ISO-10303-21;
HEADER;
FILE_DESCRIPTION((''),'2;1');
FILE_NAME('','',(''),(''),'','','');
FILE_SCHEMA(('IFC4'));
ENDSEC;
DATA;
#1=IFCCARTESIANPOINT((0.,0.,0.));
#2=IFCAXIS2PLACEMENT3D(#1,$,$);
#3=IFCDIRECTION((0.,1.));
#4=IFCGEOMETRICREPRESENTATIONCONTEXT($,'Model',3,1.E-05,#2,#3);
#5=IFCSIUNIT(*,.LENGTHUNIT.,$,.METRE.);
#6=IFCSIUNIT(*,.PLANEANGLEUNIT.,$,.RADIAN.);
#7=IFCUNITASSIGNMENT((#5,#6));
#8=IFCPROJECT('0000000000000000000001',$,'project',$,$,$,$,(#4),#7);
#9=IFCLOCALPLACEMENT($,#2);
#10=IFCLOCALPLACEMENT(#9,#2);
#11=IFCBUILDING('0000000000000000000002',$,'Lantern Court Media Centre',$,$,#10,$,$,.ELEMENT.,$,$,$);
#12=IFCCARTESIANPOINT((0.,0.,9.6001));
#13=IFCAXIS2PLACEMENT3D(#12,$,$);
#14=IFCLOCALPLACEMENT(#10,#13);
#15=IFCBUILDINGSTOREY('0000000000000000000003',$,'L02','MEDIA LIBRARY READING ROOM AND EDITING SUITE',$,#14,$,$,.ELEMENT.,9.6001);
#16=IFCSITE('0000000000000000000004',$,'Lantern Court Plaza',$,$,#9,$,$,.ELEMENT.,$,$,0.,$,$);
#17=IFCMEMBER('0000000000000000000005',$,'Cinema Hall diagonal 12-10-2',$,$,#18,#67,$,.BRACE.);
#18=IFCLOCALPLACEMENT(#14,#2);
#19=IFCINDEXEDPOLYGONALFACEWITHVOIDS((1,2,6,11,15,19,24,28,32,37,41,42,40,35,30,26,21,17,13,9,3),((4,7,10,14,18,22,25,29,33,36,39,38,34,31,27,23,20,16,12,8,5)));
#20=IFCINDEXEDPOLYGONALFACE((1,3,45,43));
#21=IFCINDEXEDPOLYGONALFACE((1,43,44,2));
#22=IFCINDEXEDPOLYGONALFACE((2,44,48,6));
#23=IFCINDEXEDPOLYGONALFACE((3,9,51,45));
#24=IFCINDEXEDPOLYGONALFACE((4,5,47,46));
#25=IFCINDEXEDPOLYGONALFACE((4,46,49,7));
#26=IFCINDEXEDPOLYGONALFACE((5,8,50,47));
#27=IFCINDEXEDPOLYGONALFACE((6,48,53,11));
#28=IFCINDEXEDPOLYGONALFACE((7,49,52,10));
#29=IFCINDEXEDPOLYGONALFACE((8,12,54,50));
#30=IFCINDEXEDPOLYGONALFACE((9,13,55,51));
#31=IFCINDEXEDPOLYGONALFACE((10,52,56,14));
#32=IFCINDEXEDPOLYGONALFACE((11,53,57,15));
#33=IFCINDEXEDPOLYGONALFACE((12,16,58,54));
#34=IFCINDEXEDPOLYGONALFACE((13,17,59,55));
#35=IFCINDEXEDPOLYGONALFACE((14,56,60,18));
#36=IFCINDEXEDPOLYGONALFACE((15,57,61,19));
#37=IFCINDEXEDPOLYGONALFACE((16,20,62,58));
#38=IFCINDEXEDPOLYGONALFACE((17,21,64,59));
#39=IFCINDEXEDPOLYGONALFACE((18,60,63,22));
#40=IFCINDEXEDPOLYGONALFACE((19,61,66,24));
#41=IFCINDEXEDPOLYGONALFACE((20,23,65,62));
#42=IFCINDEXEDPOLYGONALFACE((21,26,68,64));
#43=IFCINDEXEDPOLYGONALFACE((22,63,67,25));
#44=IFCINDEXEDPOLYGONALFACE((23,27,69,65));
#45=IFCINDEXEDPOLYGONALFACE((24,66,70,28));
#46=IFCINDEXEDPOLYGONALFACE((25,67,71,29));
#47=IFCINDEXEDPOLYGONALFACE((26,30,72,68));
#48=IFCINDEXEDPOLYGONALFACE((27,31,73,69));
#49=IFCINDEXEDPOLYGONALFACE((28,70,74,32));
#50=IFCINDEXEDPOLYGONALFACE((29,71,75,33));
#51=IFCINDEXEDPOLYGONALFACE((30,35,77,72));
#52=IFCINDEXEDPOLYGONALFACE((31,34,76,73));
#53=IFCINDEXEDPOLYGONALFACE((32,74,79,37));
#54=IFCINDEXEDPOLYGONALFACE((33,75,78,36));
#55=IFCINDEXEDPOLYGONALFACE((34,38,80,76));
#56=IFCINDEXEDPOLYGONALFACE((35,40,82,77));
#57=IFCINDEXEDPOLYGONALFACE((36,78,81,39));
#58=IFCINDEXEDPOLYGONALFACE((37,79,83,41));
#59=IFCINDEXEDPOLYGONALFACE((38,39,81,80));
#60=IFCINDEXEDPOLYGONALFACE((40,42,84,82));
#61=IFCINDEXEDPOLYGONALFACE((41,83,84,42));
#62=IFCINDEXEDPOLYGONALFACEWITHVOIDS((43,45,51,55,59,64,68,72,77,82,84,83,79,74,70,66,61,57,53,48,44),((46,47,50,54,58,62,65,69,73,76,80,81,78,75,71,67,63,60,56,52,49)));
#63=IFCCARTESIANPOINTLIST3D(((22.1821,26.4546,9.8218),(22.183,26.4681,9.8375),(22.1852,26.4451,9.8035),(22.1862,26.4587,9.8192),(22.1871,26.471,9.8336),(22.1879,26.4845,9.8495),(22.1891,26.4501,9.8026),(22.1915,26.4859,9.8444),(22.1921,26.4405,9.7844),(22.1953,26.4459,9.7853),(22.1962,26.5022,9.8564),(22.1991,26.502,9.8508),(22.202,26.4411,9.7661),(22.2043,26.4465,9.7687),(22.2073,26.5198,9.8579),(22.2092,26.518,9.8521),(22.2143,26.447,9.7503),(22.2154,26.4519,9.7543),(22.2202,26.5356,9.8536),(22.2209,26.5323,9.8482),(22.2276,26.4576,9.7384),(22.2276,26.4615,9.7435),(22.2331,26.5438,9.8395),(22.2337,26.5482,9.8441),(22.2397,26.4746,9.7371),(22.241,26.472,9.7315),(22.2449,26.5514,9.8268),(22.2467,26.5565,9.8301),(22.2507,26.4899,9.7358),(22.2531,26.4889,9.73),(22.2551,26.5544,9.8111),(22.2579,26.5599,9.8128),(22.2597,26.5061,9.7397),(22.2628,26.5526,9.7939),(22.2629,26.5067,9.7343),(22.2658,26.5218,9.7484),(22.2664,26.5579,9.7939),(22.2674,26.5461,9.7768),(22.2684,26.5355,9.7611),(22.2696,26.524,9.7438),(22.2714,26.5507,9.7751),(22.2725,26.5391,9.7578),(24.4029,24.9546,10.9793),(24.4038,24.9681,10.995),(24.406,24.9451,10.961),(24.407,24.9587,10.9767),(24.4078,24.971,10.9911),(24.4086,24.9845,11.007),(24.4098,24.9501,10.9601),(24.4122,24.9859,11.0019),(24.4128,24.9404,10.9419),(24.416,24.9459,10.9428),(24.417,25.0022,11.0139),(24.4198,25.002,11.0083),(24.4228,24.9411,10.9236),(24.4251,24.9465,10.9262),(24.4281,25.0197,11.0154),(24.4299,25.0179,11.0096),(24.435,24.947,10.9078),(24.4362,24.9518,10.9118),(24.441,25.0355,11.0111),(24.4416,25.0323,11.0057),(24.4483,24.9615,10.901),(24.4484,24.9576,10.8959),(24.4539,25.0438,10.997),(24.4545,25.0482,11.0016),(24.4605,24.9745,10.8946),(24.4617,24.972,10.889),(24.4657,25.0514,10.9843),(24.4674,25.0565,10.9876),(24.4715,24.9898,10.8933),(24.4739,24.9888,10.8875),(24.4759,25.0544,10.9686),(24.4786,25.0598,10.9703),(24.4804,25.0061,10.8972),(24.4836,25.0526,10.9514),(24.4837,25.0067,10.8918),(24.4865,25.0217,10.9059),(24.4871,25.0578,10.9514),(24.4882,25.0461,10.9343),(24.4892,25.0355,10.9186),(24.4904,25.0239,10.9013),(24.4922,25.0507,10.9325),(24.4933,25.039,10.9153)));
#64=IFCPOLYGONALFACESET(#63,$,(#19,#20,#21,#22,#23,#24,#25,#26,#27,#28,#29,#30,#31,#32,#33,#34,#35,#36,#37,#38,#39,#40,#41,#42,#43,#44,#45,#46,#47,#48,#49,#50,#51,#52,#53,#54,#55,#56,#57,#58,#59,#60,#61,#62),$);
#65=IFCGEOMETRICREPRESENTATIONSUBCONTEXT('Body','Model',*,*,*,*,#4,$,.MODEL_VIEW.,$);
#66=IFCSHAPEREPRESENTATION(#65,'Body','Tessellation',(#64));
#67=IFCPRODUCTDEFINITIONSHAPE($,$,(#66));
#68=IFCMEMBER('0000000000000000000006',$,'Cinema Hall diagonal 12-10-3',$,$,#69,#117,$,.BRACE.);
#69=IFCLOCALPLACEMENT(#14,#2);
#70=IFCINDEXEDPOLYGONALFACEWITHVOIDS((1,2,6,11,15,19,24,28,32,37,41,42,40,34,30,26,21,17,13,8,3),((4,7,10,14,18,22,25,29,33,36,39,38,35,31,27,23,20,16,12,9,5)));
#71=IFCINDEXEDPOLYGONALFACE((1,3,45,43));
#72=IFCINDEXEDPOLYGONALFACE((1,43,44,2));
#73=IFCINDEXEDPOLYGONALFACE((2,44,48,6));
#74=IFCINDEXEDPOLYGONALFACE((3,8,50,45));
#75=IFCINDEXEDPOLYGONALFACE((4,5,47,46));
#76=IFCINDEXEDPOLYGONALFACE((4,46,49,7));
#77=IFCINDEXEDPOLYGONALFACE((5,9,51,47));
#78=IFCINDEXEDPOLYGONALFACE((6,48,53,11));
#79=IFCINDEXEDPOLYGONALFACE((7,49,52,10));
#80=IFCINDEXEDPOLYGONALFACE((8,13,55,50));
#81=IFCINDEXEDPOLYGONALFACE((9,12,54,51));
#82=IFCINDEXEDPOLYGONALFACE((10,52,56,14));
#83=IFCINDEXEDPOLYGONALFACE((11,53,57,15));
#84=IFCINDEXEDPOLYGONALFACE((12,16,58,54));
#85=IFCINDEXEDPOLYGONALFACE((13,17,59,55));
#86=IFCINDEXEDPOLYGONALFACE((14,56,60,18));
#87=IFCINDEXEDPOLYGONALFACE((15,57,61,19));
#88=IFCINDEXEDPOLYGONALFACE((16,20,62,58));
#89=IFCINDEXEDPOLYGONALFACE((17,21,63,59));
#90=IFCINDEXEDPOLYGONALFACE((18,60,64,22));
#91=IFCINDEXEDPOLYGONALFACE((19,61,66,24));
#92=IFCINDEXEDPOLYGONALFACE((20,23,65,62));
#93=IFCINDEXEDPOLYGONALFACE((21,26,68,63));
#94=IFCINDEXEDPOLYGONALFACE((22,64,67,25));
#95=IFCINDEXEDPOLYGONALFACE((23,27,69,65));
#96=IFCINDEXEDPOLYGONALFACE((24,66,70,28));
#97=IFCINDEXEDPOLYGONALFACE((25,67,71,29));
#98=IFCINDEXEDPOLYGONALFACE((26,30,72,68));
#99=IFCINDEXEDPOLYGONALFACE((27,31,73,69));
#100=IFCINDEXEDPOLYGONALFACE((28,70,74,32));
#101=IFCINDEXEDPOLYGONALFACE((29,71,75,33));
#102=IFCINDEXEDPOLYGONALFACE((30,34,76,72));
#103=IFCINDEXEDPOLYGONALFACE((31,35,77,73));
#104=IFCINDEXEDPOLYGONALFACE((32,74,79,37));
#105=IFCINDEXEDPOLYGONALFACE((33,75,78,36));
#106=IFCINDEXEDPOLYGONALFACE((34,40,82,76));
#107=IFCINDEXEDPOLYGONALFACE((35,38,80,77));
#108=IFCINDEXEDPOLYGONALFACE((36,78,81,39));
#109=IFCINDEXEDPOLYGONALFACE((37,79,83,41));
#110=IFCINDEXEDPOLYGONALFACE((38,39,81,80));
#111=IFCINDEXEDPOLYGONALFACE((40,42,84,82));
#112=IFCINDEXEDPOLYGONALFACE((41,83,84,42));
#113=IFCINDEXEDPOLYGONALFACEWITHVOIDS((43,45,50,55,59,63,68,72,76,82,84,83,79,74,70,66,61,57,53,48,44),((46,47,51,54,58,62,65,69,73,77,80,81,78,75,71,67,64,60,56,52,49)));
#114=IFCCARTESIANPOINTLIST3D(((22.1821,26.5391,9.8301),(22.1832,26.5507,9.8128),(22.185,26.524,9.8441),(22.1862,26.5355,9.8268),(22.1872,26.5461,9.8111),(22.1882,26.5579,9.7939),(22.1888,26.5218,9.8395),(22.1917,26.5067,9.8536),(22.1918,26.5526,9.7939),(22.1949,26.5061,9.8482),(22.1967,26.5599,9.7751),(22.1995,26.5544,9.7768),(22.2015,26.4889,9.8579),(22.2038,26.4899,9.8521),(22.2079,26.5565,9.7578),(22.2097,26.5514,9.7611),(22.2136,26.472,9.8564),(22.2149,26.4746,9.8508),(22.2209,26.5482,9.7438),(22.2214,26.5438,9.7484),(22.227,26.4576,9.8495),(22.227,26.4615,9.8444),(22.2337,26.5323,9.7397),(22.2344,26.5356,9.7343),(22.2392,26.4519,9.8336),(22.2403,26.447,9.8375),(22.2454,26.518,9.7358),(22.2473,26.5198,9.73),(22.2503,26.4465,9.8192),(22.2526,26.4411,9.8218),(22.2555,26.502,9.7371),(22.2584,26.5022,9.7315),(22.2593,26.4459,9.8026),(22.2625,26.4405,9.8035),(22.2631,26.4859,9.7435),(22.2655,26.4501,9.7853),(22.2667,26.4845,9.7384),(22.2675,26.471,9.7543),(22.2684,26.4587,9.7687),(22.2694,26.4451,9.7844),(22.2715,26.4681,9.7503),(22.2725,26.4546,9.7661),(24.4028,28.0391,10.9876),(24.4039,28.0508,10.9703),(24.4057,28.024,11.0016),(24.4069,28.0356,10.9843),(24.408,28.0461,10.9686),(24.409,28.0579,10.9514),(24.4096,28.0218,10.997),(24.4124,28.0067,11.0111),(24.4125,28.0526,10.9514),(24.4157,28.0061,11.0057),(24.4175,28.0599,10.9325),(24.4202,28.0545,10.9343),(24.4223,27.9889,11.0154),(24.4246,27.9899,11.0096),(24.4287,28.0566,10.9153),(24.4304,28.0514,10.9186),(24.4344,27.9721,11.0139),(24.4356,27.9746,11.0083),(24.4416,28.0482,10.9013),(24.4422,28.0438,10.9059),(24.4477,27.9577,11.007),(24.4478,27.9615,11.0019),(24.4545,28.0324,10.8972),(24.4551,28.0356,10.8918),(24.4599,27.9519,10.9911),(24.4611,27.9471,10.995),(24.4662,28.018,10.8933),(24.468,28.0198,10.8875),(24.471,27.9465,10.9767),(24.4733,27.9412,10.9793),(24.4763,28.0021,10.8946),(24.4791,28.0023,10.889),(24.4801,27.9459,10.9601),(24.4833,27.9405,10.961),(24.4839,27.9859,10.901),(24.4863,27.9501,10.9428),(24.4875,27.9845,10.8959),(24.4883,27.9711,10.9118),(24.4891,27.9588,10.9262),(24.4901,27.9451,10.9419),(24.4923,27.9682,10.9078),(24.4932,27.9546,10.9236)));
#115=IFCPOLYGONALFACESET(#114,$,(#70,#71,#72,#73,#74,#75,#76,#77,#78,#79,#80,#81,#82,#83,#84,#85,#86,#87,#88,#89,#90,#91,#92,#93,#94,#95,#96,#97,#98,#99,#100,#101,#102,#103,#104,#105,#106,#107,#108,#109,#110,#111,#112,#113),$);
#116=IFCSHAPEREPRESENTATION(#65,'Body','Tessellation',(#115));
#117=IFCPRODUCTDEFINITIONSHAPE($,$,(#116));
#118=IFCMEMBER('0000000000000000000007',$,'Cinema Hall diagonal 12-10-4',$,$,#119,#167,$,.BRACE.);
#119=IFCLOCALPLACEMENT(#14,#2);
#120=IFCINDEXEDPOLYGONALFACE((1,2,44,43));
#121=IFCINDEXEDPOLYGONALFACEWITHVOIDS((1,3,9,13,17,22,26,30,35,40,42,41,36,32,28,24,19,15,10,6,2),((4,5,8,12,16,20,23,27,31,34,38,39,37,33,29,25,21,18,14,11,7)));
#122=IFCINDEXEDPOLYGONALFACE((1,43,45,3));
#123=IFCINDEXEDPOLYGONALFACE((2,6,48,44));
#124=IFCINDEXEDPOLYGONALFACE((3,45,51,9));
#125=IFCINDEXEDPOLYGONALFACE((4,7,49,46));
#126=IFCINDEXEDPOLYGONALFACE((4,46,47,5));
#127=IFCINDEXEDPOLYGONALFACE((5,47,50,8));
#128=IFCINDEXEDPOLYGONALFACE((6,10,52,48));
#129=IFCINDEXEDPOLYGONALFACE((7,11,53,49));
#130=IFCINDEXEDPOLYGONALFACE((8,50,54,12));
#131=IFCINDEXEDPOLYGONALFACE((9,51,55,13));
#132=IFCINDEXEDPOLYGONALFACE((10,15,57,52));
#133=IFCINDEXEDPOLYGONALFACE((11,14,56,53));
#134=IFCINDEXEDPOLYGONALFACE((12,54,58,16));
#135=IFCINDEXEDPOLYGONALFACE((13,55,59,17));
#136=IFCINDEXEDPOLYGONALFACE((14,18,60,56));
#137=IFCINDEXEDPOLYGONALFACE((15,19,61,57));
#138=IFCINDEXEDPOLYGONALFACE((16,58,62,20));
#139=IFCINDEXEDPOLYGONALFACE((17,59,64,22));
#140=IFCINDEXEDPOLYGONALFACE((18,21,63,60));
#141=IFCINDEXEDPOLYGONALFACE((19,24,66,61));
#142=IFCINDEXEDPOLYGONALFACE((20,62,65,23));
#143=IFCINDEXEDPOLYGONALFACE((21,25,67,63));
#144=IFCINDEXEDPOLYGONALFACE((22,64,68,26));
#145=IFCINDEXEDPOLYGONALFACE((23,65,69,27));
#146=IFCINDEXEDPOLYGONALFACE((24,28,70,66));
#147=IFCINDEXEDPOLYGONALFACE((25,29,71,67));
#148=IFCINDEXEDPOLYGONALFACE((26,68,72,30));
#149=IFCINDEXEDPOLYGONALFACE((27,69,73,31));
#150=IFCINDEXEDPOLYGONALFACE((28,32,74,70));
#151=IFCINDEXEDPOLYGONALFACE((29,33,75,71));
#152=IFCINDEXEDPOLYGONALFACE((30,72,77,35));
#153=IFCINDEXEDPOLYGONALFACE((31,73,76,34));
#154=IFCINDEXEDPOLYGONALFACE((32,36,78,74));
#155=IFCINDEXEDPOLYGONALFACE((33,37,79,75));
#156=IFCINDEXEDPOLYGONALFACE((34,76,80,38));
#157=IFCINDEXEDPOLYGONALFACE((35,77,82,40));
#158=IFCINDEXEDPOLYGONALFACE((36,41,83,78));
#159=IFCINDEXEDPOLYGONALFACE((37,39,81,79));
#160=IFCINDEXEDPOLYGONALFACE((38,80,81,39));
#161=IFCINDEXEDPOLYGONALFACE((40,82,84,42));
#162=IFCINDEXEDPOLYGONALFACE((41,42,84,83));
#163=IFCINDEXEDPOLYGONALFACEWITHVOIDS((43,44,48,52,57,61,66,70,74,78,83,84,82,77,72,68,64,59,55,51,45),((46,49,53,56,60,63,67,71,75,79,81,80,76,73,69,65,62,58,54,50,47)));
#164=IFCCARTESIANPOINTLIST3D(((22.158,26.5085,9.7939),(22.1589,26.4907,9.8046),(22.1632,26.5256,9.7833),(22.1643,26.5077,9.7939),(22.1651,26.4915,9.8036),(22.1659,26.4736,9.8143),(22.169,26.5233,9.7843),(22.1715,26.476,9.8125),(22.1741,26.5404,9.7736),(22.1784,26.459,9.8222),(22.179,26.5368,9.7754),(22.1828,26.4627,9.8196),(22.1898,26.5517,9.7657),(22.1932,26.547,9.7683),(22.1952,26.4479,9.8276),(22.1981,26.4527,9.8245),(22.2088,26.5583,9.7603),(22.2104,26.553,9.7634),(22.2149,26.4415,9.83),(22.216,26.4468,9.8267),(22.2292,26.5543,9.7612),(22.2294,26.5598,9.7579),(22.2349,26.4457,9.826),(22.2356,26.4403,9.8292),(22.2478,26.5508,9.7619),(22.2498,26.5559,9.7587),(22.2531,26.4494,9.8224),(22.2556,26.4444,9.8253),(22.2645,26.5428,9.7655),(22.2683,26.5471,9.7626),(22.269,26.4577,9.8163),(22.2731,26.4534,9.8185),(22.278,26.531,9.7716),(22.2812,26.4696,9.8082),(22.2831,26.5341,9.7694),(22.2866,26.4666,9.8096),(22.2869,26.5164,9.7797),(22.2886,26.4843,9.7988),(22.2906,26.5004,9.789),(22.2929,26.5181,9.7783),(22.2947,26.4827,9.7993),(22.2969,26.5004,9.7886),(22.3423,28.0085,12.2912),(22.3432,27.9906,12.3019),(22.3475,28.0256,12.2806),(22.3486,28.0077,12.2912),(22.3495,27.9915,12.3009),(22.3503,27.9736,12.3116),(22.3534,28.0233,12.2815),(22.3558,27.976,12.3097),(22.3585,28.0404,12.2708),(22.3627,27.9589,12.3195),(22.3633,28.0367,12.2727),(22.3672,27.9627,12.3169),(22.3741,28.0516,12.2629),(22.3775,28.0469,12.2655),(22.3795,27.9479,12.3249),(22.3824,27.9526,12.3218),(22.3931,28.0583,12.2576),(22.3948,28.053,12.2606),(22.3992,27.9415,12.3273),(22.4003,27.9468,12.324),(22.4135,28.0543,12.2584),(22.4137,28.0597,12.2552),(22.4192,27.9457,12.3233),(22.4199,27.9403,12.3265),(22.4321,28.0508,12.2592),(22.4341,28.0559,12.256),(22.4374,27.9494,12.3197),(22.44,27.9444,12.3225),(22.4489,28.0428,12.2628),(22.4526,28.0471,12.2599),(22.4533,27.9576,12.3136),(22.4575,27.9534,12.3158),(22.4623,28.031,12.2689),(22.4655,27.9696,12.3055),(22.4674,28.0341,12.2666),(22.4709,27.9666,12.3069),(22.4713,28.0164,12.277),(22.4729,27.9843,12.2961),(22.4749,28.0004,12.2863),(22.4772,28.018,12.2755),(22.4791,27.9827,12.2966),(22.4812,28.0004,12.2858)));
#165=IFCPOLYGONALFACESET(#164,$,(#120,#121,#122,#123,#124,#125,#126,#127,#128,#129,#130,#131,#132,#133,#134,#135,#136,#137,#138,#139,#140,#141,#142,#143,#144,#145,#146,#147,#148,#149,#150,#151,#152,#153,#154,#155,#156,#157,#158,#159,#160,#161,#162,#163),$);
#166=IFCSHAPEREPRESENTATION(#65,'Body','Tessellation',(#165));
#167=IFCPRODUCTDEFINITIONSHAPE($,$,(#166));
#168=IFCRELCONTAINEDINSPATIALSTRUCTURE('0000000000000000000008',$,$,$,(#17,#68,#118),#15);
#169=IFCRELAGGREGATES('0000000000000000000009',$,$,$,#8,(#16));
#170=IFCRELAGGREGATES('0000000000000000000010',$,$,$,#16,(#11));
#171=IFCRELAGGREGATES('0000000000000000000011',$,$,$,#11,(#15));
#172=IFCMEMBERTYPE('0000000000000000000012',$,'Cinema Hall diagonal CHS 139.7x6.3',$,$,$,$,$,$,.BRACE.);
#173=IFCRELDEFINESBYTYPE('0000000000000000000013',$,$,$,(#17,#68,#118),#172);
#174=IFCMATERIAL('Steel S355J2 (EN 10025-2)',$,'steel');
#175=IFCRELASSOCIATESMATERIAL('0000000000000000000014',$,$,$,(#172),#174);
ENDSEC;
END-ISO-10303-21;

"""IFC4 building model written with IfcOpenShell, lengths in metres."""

from ifc_helpers import new_model, si_unit, direction, frame, origin, origin_2d, place, context, subcontext, project, spatial, hollow_circle, extrude, material, material_profile, profile_set, type_object, element, save


model = new_model("IFC4")

# Units and contexts
model_context = context("Model", 3, precision=1e-05, world=origin(), true_north=direction((0.0, 1.0)))
body_context = subcontext(model_context, "Body", "Model", "MODEL_VIEW")
ifc_project = project(units=[si_unit("LENGTHUNIT", "METRE"), si_unit("PLANEANGLEUNIT", "RADIAN")], contexts=[model_context])

# Site, building, storey
site_placement = place(None, origin())
site = spatial("IfcSite", under=ifc_project, at=site_placement, Name="Lantern Court Plaza", CompositionType="ELEMENT", RefElevation=0.0)
building_placement = place(site_placement, origin())
building = spatial("IfcBuilding", under=site, at=building_placement, Name="Lantern Court Media Centre", CompositionType="ELEMENT")
storey_placement = place(building_placement, frame((0.0, 0.0, 9.6001)))
storey = spatial("IfcBuildingStorey", under=building, at=storey_placement, Name="L02", Description="MEDIA LIBRARY READING ROOM AND EDITING SUITE", CompositionType="ELEMENT", Elevation=9.6001)

# Members
ifc_material = material(Name="Steel S355J2 (EN 10025-2)", Category="steel")
ifc_material_profile_1 = material_profile(ifc_material, hollow_circle(Radius=0.0698, WallThickness=0.0063, at=origin_2d()), Name="Cinema Hall diagonal CHS 139.7x6.3")
ifc_profile_set_1 = profile_set([ifc_material_profile_1], Name="Steel S355J2 (EN 10025-2)")
member_type_1 = type_object("IfcMemberType", Name="Cinema Hall diagonal CHS 139.7x6.3", PredefinedType="BRACE", material=ifc_profile_set_1)
for number, where, z_axis, x_axis, name in (
    (1, (22.2273, 26.5, 9.7939), (0.760744, -0.513854, 0.396514), (0.559736, 0.828671, 0.0), "Cinema Hall diagonal 12-10-2"),
    (2, (22.2273, 26.5, 9.7939), (0.760744, 0.513854, 0.396514), (-0.559736, 0.828671, 0.0), "Cinema Hall diagonal 12-10-3"),
):
    element("IfcMember", number, at=place(storey_placement, frame(where, z_axis=z_axis, x_axis=x_axis)), inside=storey, type_object=member_type_1, Name=name, PredefinedType="BRACE", context=body_context, shape_type="SweptSolid", body=[
        extrude(hollow_circle(Radius=0.0698, WallThickness=0.0063, at=origin_2d()), origin(), (0.0, 0.0, 1.0), 2.9192),
    ])
member_1_placement = place(storey_placement, frame((22.2273, 26.5, 9.7939), z_axis=(0.063147, 0.513875, 0.855538), x_axis=(-0.992534, 0.121967, 0.0)))
element("IfcMember", 3, at=member_1_placement, inside=storey, type_object=member_type_1, Name="Cinema Hall diagonal 12-10-4", PredefinedType="BRACE", context=body_context, shape_type="SweptSolid", body=[
    extrude(hollow_circle(Radius=0.0698, WallThickness=0.0063, at=origin_2d()), origin(), (0.0, 0.0, 1.0), 2.9189),
])

save(model, "model.ifc")
